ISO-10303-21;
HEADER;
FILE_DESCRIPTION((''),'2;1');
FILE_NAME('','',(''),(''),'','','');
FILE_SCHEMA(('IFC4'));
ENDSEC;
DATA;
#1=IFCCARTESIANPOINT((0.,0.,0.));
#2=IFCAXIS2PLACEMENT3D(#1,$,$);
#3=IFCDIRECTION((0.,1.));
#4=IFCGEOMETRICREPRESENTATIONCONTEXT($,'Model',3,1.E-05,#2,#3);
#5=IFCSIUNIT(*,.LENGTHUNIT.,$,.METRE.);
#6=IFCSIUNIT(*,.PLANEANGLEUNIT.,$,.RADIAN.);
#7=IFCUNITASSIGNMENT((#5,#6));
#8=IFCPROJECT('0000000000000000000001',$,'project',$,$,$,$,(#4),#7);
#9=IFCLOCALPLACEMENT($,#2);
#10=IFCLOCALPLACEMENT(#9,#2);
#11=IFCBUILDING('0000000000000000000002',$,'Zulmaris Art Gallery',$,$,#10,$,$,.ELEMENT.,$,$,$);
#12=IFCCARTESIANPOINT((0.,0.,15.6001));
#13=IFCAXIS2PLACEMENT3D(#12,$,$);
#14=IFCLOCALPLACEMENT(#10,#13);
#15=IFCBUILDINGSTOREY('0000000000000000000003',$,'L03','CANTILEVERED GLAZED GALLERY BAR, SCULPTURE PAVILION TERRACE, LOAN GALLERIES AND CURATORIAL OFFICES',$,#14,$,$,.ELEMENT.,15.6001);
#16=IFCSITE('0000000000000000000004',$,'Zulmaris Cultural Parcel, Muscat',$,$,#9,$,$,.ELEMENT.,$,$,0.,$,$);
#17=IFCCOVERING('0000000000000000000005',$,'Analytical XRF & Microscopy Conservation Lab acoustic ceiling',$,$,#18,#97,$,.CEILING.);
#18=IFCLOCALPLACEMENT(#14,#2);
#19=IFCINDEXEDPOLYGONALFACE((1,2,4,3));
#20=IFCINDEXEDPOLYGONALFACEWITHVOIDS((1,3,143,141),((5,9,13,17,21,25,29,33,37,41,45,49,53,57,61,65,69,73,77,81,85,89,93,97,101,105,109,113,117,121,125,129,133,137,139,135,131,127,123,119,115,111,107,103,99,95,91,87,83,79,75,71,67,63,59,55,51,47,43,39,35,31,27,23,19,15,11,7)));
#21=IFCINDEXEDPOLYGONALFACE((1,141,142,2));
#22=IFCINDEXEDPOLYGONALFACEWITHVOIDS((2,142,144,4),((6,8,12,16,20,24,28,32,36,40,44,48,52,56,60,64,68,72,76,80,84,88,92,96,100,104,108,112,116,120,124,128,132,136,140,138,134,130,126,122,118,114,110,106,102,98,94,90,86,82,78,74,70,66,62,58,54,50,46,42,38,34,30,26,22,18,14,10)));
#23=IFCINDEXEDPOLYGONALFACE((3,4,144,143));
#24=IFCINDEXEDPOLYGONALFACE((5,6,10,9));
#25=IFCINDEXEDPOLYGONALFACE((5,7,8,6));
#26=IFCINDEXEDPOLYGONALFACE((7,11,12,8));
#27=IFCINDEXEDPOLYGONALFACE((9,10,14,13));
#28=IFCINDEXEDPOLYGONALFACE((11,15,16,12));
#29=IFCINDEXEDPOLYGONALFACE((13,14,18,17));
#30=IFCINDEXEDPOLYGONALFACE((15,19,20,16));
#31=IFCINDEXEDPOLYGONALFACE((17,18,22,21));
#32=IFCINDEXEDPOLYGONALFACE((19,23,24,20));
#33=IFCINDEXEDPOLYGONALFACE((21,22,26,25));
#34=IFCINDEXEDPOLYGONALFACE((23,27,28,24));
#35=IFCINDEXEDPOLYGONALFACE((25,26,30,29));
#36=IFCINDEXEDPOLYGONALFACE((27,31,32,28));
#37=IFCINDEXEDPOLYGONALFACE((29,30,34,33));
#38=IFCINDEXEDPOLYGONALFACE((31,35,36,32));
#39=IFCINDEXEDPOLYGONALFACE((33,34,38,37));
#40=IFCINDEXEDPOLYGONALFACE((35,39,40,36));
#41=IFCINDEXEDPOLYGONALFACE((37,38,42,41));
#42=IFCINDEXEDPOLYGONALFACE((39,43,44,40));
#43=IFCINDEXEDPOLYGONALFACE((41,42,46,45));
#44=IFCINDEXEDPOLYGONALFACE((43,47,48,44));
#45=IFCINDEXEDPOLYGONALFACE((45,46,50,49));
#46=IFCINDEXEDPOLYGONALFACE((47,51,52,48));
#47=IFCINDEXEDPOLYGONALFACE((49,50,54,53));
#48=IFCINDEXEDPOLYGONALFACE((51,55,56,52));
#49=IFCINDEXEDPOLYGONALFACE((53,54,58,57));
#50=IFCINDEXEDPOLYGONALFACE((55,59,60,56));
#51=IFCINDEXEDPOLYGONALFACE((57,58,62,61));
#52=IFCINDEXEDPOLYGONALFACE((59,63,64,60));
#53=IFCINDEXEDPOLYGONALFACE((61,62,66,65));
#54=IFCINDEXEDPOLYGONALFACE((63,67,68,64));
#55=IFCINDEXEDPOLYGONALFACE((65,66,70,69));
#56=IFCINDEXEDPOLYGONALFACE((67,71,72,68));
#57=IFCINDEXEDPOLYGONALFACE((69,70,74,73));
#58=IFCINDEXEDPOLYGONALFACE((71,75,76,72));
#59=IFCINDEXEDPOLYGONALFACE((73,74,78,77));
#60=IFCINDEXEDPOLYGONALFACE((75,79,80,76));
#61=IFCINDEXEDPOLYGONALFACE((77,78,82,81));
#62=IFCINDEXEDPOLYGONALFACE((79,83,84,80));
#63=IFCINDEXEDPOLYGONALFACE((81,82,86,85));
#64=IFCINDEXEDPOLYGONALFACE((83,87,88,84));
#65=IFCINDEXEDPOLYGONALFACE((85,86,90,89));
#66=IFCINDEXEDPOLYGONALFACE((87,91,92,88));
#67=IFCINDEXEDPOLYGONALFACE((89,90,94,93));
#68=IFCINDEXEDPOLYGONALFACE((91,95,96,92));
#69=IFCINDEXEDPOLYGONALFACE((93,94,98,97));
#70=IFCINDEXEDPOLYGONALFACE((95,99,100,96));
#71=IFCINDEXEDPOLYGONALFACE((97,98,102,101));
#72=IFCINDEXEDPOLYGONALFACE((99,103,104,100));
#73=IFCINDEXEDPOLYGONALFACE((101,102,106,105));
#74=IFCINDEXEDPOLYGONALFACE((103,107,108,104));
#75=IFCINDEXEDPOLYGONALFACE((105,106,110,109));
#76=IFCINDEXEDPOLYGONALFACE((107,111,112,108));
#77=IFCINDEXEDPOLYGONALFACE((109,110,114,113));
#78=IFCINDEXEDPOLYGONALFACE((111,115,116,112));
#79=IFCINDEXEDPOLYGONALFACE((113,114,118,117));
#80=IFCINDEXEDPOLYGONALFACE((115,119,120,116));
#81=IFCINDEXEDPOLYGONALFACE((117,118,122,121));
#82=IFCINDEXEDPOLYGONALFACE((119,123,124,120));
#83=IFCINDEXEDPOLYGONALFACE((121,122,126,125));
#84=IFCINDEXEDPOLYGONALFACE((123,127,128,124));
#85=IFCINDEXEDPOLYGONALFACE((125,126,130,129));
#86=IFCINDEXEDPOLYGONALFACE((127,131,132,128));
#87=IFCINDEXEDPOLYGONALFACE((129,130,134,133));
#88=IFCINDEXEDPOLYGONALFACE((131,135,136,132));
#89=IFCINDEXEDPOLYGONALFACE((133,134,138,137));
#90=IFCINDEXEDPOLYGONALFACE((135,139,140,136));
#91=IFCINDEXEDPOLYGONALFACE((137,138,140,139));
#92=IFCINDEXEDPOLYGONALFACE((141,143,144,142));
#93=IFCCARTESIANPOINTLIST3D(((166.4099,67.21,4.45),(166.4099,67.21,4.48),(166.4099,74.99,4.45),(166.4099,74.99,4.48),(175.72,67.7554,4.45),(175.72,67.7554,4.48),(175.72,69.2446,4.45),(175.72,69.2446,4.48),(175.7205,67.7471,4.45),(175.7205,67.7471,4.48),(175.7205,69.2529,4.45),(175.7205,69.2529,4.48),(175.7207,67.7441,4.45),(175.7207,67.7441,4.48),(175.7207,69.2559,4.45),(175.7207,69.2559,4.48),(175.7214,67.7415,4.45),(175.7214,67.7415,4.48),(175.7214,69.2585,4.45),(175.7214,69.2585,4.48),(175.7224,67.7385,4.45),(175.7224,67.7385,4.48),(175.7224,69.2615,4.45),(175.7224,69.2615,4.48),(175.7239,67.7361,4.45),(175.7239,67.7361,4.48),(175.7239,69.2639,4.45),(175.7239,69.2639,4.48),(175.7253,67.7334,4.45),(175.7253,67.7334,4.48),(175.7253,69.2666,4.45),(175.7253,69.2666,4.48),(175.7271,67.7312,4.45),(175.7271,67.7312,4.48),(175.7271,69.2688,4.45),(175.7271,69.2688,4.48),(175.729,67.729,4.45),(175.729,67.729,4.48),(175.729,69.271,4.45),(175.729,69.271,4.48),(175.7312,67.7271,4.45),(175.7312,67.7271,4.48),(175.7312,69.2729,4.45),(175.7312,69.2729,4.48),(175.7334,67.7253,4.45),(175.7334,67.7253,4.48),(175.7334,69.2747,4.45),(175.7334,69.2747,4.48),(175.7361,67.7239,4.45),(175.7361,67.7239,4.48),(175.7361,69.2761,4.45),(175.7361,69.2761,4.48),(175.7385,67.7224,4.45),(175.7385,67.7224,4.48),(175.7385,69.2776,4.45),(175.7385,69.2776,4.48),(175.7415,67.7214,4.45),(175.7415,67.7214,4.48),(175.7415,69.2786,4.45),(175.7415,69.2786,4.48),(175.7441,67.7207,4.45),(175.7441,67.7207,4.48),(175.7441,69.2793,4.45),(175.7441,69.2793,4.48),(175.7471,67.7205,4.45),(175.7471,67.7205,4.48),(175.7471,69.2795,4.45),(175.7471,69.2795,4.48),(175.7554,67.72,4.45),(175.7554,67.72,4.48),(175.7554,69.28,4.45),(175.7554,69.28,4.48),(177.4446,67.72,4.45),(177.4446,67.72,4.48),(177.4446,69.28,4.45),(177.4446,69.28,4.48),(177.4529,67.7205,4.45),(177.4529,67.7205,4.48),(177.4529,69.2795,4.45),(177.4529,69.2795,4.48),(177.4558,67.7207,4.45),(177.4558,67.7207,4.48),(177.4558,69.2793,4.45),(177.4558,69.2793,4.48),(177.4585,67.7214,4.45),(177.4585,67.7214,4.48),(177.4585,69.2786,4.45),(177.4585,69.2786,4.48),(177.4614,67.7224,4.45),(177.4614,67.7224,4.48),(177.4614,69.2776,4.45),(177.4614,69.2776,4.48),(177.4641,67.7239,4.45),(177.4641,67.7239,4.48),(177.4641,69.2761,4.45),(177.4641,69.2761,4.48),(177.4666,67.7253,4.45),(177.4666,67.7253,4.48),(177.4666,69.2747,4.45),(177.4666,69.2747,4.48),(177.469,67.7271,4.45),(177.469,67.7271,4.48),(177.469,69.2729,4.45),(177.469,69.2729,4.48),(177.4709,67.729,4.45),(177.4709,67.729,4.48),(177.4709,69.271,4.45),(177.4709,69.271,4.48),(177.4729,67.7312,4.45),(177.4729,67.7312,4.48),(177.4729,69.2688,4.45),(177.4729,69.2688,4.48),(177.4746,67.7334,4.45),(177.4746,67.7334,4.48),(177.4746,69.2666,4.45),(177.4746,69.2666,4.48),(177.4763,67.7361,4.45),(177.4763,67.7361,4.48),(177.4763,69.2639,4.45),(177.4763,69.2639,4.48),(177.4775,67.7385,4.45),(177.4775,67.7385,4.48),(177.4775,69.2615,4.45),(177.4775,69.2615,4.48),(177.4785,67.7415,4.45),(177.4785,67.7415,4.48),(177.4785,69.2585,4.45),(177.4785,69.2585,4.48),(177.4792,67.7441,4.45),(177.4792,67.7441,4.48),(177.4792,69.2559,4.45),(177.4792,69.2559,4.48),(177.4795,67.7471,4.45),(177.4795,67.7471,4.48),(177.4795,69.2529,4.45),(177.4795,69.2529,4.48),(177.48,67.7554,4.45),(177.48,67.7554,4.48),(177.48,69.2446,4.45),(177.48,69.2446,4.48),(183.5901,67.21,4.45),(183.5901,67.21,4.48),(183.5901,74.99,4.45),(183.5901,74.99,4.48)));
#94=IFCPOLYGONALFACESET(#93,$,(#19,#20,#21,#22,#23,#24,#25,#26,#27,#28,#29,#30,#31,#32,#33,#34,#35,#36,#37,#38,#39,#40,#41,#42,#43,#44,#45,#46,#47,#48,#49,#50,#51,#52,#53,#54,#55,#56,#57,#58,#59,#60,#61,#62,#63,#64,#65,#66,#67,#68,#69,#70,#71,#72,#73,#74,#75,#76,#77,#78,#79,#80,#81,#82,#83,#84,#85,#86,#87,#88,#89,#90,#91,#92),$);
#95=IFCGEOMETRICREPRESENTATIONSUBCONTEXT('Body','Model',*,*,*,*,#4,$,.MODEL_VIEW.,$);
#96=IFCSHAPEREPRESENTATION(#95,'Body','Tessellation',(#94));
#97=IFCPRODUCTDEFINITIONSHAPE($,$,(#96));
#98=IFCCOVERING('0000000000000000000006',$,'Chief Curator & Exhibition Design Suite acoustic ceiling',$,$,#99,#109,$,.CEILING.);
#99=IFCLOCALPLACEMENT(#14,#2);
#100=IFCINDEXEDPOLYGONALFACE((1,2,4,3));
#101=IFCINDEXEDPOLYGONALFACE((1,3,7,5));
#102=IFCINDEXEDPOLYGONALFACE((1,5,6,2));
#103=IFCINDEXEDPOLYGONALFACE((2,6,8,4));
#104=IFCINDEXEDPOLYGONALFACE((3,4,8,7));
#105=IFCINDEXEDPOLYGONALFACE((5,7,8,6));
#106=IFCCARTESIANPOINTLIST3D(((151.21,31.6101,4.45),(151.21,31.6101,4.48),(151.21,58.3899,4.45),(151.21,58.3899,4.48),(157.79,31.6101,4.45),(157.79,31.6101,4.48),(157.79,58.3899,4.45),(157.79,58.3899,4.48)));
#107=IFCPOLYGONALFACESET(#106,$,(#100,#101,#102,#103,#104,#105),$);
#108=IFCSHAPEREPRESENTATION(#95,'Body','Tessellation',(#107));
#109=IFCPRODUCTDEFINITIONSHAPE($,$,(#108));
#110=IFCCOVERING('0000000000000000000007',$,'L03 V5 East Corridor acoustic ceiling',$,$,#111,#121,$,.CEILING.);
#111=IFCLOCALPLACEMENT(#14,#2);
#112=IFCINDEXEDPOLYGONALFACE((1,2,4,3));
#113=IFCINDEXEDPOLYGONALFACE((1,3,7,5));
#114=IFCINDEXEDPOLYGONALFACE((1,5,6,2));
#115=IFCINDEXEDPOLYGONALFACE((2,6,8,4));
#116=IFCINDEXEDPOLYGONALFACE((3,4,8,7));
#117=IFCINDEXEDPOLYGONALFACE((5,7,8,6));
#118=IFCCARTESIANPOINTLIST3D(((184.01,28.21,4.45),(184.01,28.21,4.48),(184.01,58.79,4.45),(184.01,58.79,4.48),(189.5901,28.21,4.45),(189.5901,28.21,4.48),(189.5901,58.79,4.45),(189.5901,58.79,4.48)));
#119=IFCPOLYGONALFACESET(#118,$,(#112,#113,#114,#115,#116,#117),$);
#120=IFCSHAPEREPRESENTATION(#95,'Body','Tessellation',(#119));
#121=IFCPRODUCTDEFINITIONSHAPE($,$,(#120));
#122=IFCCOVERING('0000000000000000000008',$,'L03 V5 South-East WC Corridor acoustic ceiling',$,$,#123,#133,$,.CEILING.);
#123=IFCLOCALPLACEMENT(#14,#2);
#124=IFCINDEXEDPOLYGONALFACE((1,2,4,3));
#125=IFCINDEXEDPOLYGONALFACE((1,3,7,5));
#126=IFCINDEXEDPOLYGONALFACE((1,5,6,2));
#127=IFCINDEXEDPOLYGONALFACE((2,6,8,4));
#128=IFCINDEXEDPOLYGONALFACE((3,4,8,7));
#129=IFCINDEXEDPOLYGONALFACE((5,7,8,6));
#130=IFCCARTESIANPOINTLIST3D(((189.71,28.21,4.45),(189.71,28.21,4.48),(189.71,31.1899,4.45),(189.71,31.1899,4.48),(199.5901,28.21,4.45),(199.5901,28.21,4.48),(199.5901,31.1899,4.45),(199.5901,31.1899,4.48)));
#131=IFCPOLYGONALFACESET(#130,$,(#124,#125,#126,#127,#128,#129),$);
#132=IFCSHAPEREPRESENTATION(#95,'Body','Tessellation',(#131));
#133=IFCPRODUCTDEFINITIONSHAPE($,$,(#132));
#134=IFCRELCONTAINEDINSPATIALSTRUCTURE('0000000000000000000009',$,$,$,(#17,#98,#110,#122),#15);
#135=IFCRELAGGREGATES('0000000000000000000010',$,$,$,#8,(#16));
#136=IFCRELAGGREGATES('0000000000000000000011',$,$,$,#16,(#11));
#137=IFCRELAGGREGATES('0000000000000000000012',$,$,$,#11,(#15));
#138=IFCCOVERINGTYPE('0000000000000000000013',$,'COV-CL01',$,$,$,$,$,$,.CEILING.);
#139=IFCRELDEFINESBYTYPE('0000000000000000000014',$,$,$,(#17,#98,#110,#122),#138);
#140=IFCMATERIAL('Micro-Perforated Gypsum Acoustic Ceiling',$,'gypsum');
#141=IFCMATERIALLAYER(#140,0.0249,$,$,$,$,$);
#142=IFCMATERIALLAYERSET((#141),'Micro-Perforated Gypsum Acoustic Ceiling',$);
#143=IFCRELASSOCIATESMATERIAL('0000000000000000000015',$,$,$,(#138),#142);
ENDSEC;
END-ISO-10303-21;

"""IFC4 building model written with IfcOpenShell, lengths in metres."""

from ifc_helpers import new_model, si_unit, direction, frame, origin, place, context, subcontext, project, spatial, polyline, outline, extrude, material, layer, layer_set, type_object, element, save


model = new_model("IFC4")

# Units and contexts
model_context = context("Model", 3, precision=1e-05, world=origin(), true_north=direction((0.0, 1.0)))
body_context = subcontext(model_context, "Body", "Model", "MODEL_VIEW")
ifc_project = project(units=[si_unit("LENGTHUNIT", "METRE"), si_unit("PLANEANGLEUNIT", "RADIAN")], contexts=[model_context])

# Site, building, storey
site_placement = place(None, origin())
site = spatial("IfcSite", under=ifc_project, at=site_placement, Name="Zulmaris Cultural Parcel, Muscat", CompositionType="ELEMENT", RefElevation=0.0)
building_placement = place(site_placement, origin())
building = spatial("IfcBuilding", under=site, at=building_placement, Name="Zulmaris Art Gallery", CompositionType="ELEMENT")
storey_placement = place(building_placement, frame((0.0, 0.0, 15.6001)))
storey = spatial("IfcBuildingStorey", under=building, at=storey_placement, Name="L03", Description="CANTILEVERED GLAZED GALLERY BAR, SCULPTURE PAVILION TERRACE, LOAN GALLERIES AND CURATORIAL OFFICES", CompositionType="ELEMENT", Elevation=15.6001)

# Coverings
ifc_material_1 = material(Name="Micro-Perforated Gypsum Acoustic Ceiling", Category="gypsum")
ifc_layer_1 = layer(ifc_material_1, 0.0249)
ifc_layer_set_1 = layer_set([ifc_layer_1], Name="Micro-Perforated Gypsum Acoustic Ceiling")
covering_type_1 = type_object("IfcCoveringType", Name="COV-CL01", PredefinedType="CEILING", material=ifc_layer_set_1)
covering_1_placement = place(storey_placement, frame((0.0, 0.0, 4.45)))
element("IfcCovering", 1, at=covering_1_placement, inside=storey, type_object=covering_type_1, Name="Analytical XRF & Microscopy Conservation Lab acoustic ceiling", PredefinedType="CEILING", context=body_context, shape_type="SweptSolid", body=[
    extrude(outline(polyline([(166.4099, 74.99), (183.5901, 74.99), (183.5901, 67.21), (166.4099, 67.21), (166.4099, 74.99)]), holes=[polyline([(175.7415, 69.2786), (175.7385, 69.2776), (175.7361, 69.2761), (175.7334, 69.2747), (175.7312, 69.2729), (175.729, 69.271), (175.7271, 69.2688), (175.7253, 69.2666), (175.7239, 69.2639), (175.7224, 69.2615), (175.7214, 69.2585), (175.7207, 69.2559), (175.7205, 69.2529), (175.72, 69.2446), (175.72, 67.7554), (175.7205, 67.7471), (175.7207, 67.7441), (175.7214, 67.7415), (175.7224, 67.7385), (175.7239, 67.7361), (175.7253, 67.7334), (175.7271, 67.7312), (175.729, 67.729), (175.7312, 67.7271), (175.7334, 67.7253), (175.7361, 67.7239), (175.7385, 67.7224), (175.7415, 67.7214), (175.7441, 67.7207), (175.7471, 67.7205), (175.7554, 67.72), (177.4446, 67.72), (177.4529, 67.7205), (177.4558, 67.7207), (177.4585, 67.7214), (177.4614, 67.7224), (177.4641, 67.7239), (177.4666, 67.7253), (177.469, 67.7271), (177.4709, 67.729), (177.4729, 67.7312), (177.4746, 67.7334), (177.4763, 67.7361), (177.4775, 67.7385), (177.4785, 67.7415), (177.4792, 67.7441), (177.4795, 67.7471), (177.48, 67.7554), (177.48, 69.2446), (177.4795, 69.2529), (177.4792, 69.2559), (177.4785, 69.2585), (177.4775, 69.2615), (177.4763, 69.2639), (177.4746, 69.2666), (177.4729, 69.2688), (177.4709, 69.271), (177.469, 69.2729), (177.4666, 69.2747), (177.4641, 69.2761), (177.4614, 69.2776), (177.4585, 69.2786), (177.4558, 69.2793), (177.4529, 69.2795), (177.4446, 69.28), (175.7554, 69.28), (175.7471, 69.2795), (175.7441, 69.2793), (175.7415, 69.2786)])]), origin(), (0.0, 0.0, 1.0), 0.03),
])
covering_2_placement = place(storey_placement, frame((0.0, 0.0, 4.45)))
element("IfcCovering", 2, at=covering_2_placement, inside=storey, type_object=covering_type_1, Name="Chief Curator & Exhibition Design Suite acoustic ceiling", PredefinedType="CEILING", context=body_context, shape_type="SweptSolid", body=[
    extrude(outline(polyline([(151.21, 58.3899), (157.79, 58.3899), (157.79, 31.6101), (151.21, 31.6101), (151.21, 58.3899)])), origin(), (0.0, 0.0, 1.0), 0.03),
])
covering_3_placement = place(storey_placement, frame((0.0, 0.0, 4.45)))
element("IfcCovering", 3, at=covering_3_placement, inside=storey, type_object=covering_type_1, Name="L03 V5 East Corridor acoustic ceiling", PredefinedType="CEILING", context=body_context, shape_type="SweptSolid", body=[
    extrude(outline(polyline([(184.01, 58.79), (189.5901, 58.79), (189.5901, 28.21), (184.01, 28.21), (184.01, 58.79)])), origin(), (0.0, 0.0, 1.0), 0.03),
])
covering_4_placement = place(storey_placement, frame((0.0, 0.0, 4.45)))
element("IfcCovering", 4, at=covering_4_placement, inside=storey, type_object=covering_type_1, Name="L03 V5 South-East WC Corridor acoustic ceiling", PredefinedType="CEILING", context=body_context, shape_type="SweptSolid", body=[
    extrude(outline(polyline([(199.5901, 31.1899), (199.5901, 28.21), (189.71, 28.21), (189.71, 31.1899), (199.5901, 31.1899)])), origin(), (0.0, 0.0, 1.0), 0.03),
])

save(model, "model.ifc")
